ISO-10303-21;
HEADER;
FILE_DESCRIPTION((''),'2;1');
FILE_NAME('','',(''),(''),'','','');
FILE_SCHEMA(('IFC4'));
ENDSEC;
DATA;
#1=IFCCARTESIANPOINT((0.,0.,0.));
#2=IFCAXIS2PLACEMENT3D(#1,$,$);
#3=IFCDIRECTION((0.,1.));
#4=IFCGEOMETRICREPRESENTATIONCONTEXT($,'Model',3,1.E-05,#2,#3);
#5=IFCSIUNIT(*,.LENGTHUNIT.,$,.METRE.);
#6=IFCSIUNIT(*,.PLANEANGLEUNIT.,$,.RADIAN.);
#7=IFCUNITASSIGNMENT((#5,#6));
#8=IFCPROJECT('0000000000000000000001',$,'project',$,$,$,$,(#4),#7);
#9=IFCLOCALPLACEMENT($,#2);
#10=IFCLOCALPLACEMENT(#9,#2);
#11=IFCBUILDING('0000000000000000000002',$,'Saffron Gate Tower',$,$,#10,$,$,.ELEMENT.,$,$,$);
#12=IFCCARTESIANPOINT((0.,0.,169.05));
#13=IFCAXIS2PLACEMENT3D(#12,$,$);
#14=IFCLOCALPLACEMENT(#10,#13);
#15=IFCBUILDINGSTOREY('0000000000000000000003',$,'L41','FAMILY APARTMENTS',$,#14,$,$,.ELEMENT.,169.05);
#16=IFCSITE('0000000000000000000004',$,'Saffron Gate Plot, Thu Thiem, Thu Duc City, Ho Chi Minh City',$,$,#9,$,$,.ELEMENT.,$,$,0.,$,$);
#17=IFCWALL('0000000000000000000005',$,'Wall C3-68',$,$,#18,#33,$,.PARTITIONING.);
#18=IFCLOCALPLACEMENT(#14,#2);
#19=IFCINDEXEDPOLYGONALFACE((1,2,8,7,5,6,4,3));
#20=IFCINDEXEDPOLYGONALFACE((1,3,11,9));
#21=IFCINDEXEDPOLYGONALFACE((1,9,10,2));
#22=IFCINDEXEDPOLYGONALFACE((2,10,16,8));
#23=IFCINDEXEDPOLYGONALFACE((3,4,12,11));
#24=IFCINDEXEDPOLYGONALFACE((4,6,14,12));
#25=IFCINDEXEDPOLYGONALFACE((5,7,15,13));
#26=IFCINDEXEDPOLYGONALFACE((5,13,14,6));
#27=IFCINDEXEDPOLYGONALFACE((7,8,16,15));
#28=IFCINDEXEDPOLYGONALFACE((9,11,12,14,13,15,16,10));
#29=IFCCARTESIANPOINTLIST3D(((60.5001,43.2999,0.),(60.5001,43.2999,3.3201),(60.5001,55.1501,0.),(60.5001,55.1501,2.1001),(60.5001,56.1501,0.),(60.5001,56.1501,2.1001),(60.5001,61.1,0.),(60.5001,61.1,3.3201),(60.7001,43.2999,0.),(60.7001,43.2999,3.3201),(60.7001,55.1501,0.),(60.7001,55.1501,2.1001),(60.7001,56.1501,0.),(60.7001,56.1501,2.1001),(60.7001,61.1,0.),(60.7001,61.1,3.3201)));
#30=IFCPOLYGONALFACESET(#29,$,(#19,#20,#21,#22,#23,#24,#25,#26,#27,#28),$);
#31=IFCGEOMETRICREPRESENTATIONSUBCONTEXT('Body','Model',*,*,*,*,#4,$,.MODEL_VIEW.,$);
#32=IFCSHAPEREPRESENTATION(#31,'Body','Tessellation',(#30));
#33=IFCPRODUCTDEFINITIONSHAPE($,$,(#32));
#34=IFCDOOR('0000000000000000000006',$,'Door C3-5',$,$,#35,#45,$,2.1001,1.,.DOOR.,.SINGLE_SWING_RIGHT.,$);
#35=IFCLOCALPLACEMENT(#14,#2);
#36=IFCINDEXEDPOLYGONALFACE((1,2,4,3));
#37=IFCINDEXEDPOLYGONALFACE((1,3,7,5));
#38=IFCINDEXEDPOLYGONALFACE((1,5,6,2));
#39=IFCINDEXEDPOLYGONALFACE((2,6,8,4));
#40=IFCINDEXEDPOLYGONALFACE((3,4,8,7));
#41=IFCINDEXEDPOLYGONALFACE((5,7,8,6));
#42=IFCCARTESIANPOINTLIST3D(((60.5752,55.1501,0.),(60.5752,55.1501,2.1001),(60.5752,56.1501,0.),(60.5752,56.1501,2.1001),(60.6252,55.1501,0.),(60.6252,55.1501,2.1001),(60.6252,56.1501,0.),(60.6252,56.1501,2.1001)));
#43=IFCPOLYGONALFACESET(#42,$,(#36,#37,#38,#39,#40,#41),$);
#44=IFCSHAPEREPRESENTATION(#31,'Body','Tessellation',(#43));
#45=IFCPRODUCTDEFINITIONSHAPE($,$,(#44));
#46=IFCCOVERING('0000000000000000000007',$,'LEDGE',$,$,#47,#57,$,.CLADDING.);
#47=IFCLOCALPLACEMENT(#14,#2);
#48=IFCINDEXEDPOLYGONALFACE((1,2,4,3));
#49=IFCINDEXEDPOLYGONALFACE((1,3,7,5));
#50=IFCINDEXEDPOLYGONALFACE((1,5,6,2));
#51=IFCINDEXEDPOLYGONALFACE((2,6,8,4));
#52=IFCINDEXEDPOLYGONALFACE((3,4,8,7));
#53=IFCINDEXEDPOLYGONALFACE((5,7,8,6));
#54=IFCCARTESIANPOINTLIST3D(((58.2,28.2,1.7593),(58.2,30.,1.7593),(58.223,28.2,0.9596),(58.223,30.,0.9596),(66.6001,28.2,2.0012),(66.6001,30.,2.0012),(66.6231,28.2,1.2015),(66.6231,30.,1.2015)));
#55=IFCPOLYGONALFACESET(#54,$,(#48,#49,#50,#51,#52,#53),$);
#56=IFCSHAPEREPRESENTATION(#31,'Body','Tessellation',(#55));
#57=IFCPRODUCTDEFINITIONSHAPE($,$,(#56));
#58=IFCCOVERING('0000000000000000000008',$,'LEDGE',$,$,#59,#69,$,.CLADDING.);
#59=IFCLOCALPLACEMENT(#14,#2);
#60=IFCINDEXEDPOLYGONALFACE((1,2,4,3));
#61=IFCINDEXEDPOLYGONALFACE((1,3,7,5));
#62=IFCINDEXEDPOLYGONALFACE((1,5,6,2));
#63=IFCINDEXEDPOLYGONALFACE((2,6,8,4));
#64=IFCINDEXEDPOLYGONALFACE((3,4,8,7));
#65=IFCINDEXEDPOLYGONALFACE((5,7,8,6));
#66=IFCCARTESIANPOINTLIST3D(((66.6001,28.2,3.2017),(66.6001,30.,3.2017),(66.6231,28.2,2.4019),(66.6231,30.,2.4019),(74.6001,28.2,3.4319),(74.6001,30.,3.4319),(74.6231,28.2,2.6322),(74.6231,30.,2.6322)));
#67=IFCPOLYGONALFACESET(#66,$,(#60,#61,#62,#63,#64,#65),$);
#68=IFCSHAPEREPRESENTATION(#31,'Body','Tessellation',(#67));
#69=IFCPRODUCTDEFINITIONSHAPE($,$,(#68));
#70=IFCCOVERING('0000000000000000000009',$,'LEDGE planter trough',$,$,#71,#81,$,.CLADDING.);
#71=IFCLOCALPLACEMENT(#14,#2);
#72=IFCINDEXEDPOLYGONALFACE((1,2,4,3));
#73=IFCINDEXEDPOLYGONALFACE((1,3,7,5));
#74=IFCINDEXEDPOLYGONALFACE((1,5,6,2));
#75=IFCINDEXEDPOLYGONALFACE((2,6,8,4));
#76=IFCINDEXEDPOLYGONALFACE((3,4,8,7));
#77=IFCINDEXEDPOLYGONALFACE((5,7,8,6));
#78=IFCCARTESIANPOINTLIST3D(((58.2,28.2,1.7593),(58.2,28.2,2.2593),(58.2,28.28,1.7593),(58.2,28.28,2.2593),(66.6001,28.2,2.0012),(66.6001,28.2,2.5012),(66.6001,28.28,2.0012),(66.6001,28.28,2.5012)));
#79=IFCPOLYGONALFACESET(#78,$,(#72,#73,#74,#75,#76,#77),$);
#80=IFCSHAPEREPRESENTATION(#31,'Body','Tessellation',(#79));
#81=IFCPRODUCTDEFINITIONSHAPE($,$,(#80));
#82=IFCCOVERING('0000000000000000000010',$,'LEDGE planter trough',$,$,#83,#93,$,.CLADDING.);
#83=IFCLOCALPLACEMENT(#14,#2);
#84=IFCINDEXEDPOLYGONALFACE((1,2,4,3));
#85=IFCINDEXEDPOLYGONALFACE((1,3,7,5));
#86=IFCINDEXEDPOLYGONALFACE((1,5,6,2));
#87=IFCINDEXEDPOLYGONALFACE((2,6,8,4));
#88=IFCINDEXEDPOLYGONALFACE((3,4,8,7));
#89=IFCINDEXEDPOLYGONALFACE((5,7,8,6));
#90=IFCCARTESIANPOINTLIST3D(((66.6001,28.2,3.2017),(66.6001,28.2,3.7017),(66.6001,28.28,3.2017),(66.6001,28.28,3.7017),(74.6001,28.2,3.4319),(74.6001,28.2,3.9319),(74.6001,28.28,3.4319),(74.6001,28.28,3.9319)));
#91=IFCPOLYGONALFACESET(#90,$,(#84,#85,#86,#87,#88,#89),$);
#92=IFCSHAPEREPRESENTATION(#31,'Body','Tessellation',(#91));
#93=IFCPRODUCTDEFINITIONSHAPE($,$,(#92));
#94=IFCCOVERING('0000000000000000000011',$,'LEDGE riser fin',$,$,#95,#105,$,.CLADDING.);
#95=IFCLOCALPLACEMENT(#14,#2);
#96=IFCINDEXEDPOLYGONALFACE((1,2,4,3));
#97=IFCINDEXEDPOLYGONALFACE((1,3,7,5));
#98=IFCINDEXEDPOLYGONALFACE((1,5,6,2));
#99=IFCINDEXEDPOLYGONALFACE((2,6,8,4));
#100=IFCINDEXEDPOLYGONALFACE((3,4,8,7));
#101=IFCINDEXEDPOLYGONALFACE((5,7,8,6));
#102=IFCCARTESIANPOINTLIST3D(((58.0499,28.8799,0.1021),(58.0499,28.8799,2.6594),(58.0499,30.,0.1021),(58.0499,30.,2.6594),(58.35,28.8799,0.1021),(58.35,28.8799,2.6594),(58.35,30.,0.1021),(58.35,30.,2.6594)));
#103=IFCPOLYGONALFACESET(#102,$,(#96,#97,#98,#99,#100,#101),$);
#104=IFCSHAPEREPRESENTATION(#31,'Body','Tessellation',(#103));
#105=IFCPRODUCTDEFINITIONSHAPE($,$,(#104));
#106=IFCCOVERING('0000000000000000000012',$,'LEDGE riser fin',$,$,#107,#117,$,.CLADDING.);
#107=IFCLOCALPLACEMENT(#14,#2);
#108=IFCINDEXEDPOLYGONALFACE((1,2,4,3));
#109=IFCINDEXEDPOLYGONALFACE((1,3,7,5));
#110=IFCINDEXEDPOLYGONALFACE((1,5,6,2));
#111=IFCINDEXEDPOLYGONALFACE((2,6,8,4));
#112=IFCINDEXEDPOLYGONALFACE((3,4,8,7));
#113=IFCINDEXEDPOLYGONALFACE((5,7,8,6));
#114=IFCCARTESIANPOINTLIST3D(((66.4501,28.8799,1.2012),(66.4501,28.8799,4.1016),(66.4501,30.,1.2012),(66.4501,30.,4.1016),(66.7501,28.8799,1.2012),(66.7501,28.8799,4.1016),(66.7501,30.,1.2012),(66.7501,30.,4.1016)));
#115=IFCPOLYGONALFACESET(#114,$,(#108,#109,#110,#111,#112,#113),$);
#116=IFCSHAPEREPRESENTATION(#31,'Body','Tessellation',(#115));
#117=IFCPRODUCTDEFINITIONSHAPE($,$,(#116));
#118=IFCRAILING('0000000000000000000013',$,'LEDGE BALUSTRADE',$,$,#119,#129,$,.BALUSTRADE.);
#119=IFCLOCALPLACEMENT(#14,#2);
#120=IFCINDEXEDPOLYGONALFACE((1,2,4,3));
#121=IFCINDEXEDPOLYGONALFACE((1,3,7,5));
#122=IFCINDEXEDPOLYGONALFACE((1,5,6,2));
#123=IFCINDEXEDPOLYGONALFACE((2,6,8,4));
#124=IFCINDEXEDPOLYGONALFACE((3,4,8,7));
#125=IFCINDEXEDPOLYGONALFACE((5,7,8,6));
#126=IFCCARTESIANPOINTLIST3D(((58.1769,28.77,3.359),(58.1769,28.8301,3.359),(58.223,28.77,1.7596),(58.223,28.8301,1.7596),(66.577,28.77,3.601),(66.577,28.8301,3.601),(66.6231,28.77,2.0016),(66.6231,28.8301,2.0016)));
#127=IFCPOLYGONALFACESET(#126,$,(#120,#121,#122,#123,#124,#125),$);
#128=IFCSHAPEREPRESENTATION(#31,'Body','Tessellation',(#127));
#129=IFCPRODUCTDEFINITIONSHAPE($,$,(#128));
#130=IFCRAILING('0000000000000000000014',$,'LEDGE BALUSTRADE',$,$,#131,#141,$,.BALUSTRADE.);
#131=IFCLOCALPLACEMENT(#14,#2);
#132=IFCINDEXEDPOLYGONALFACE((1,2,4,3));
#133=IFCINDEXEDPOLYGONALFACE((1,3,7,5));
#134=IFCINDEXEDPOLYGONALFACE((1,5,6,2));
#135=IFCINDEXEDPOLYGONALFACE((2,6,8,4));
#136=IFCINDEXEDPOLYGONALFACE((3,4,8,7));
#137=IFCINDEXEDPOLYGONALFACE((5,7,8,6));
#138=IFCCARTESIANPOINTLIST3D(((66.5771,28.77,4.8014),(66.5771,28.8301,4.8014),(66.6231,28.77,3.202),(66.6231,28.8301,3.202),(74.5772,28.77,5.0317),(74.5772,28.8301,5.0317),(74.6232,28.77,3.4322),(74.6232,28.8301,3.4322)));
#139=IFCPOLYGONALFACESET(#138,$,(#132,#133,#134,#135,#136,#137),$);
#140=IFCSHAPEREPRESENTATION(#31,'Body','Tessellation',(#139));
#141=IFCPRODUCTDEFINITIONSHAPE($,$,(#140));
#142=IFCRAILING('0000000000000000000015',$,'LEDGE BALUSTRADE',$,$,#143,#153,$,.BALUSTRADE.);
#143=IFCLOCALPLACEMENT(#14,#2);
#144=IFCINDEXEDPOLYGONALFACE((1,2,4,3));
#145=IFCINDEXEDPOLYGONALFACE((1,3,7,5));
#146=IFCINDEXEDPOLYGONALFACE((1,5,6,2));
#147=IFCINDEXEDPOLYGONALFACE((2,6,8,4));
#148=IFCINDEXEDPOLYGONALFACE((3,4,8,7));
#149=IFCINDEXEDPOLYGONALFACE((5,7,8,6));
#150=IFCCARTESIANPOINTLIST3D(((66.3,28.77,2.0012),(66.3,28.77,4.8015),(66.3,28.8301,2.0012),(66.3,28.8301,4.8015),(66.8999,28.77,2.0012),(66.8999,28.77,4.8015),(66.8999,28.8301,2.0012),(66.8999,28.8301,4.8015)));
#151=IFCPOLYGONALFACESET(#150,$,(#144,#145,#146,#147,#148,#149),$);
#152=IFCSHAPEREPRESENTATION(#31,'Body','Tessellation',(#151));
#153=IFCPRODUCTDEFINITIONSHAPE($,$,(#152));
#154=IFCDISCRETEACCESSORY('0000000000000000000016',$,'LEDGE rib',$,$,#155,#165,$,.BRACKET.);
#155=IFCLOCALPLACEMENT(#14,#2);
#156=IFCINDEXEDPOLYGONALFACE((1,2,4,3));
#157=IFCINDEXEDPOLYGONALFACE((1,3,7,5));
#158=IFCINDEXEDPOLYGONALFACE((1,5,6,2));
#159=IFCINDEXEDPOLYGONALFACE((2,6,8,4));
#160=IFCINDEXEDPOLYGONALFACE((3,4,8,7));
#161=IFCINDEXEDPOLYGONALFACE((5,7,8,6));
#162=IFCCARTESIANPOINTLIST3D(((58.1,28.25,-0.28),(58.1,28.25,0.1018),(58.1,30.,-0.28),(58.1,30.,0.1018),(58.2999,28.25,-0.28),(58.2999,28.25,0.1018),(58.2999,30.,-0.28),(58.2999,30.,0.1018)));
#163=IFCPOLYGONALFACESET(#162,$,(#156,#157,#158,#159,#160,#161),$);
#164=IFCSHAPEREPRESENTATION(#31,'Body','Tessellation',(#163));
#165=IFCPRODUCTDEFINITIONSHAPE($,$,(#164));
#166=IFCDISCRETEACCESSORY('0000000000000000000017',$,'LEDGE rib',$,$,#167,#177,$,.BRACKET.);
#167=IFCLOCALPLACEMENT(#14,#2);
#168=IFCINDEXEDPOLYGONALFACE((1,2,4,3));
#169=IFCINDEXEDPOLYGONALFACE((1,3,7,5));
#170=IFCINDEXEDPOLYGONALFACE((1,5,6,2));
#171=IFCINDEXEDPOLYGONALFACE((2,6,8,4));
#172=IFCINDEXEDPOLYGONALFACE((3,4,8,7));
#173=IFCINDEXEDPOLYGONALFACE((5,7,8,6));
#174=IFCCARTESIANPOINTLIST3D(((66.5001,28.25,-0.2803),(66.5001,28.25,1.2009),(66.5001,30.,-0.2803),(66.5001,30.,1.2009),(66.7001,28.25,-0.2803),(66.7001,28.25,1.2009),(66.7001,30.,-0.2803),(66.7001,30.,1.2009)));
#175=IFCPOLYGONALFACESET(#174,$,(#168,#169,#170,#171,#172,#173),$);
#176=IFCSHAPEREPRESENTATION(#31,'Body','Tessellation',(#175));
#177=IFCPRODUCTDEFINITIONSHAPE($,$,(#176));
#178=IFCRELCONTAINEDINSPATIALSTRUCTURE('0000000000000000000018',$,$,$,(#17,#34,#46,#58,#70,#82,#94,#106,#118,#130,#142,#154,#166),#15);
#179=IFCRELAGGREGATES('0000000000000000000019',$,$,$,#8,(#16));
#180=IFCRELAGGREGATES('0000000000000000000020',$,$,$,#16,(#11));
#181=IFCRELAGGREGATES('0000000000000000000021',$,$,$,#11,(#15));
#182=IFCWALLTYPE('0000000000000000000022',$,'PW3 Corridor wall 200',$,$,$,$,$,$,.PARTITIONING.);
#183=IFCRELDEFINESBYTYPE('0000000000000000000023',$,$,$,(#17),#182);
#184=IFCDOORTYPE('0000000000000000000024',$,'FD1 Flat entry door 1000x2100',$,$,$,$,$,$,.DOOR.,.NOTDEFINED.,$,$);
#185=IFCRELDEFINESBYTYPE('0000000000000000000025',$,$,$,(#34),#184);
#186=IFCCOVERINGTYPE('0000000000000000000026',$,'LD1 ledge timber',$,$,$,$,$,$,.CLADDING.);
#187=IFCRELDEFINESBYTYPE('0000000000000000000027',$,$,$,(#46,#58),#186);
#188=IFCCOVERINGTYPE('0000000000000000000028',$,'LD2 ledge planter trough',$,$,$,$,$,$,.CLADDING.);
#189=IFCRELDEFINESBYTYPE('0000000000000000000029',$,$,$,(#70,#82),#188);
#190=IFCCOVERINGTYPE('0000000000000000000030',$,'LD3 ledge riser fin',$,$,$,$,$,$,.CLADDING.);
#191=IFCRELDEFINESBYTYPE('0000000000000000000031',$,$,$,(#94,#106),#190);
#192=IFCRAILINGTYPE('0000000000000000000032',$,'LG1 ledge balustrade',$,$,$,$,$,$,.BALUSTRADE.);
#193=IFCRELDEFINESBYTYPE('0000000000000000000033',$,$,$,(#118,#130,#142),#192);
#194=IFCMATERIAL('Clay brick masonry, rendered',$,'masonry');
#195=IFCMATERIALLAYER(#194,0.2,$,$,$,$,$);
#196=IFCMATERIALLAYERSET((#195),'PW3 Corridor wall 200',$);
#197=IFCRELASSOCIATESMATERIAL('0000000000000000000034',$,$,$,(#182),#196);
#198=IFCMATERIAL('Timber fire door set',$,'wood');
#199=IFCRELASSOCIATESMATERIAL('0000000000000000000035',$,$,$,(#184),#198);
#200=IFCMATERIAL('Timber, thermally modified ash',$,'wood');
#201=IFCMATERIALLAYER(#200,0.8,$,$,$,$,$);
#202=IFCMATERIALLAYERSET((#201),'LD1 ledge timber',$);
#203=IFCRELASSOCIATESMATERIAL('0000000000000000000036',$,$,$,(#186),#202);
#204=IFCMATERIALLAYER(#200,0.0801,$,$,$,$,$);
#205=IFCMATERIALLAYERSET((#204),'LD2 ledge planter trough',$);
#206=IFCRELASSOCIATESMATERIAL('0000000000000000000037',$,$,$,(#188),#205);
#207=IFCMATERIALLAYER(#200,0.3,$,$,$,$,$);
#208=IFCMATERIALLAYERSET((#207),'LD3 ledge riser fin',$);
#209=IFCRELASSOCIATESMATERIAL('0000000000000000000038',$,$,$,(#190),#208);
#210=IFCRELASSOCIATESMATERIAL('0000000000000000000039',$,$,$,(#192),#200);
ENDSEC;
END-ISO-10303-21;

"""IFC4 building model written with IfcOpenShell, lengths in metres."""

from ifc_helpers import new_model, si_unit, direction, frame, frame_2d, origin, origin_2d, place, context, subcontext, project, spatial, polyline, rectangle, outline, extrude, material, layer, layer_set, type_object, element, fill, save


model = new_model("IFC4")

# Units and contexts
model_context = context("Model", 3, precision=1e-05, world=origin(), true_north=direction((0.0, 1.0)))
body_context = subcontext(model_context, "Body", "Model", "MODEL_VIEW")
ifc_project = project(units=[si_unit("LENGTHUNIT", "METRE"), si_unit("PLANEANGLEUNIT", "RADIAN")], contexts=[model_context])

# Site, building, storey
site_placement = place(None, origin())
site = spatial("IfcSite", under=ifc_project, at=site_placement, Name="Saffron Gate Plot, Thu Thiem, Thu Duc City, Ho Chi Minh City", CompositionType="ELEMENT", RefElevation=0.0)
building_placement = place(site_placement, origin())
building = spatial("IfcBuilding", under=site, at=building_placement, Name="Saffron Gate Tower", CompositionType="ELEMENT")
storey_placement = place(building_placement, frame((0.0, 0.0, 169.05)))
storey = spatial("IfcBuildingStorey", under=building, at=storey_placement, Name="L41", Description="FAMILY APARTMENTS", CompositionType="ELEMENT", Elevation=169.05)

# Shared definitions
ifc_material_1 = material(Name="Clay brick masonry, rendered", Category="masonry")
ifc_layer_1 = layer(ifc_material_1, 0.2)
ifc_layer_set_1 = layer_set([ifc_layer_1], Name="PW3 Corridor wall 200")
wall_type_1 = type_object("IfcWallType", Name="PW3 Corridor wall 200", PredefinedType="PARTITIONING", material=ifc_layer_set_1)

# Wall, opening, door
wall_1_placement = place(storey_placement, frame((60.6001, 43.3, 0.0), z_axis=(0.0, 0.0, 1.0), x_axis=(0.0, 1.0, 0.0)))
wall_1 = element("IfcWall", 1, at=wall_1_placement, inside=storey, type_object=wall_type_1, Name="Wall C3-68", PredefinedType="PARTITIONING", context=body_context, shape_type="SweptSolid", body=[
    extrude(rectangle(XDim=17.8, YDim=0.2, at=frame_2d((8.8999, 0.0))), origin(), (0.0, 0.0, 1.0), 3.3201),
])
opening_1_placement = place(wall_1_placement, frame((11.8501, 0.0, 0.0)))
opening_1 = element("IfcOpeningElement", 2, at=opening_1_placement, cuts=wall_1, PredefinedType="OPENING", context=body_context, shape_type="SweptSolid", body=[
    extrude(rectangle(XDim=1.0, YDim=2.1001, at=frame_2d((0.5, 1.05))), frame((0.0, 0.1099, 0.0), z_axis=(0.0, -1.0, 0.0), x_axis=(1.0, 0.0, 0.0)), (0.0, 0.0, 1.0), 0.22),
])
ifc_material_2 = material(Name="Timber fire door set", Category="wood")
door_type_1 = type_object("IfcDoorType", Name="FD1 Flat entry door 1000x2100", OperationType="NOTDEFINED", PredefinedType="DOOR", material=ifc_material_2)
door_1_placement = place(opening_1_placement, origin())
door_1 = element("IfcDoor", 3, at=door_1_placement, inside=storey, type_object=door_type_1, Name="Door C3-5", OperationType="SINGLE_SWING_RIGHT", OverallHeight=2.1001, OverallWidth=1.0, PredefinedType="DOOR", context=body_context, shape_type="SweptSolid", body=[
    extrude(rectangle(XDim=1.0, YDim=2.1001, at=frame_2d((0.5, 1.05))), frame((0.0, 0.0249, 0.0), z_axis=(0.0, -1.0, 0.0), x_axis=(1.0, 0.0, 0.0)), (0.0, 0.0, 1.0), 0.05),
])
fill(opening_1, door_1)

# Coverings
ifc_material_3 = material(Name="Timber, thermally modified ash", Category="wood")
ifc_layer_2 = layer(ifc_material_3, 0.8)
ifc_layer_set_2 = layer_set([ifc_layer_2], Name="LD1 ledge timber")
covering_type_1 = type_object("IfcCoveringType", Name="LD1 ledge timber", PredefinedType="CLADDING", material=ifc_layer_set_2)
covering_1_placement = place(storey_placement, frame((58.2, 30.0, 1.7593), z_axis=(-0.02879, 0.0, 0.999585), x_axis=(0.999585, 0.0, 0.02879)))
element("IfcCovering", 4, at=covering_1_placement, inside=storey, type_object=covering_type_1, Name="LEDGE", PredefinedType="CLADDING", context=body_context, shape_type="SweptSolid", body=[
    extrude(outline(polyline([(0.0, 0.0), (8.4036, 0.0), (8.4036, -1.8), (0.0, -1.8), (0.0, 0.0)])), origin(), (0.0, 0.0, -1.0), 0.8),
])
covering_2_placement = place(storey_placement, frame((66.6001, 30.0, 3.2017), z_axis=(-0.028766, 0.0, 0.999586), x_axis=(0.999586, 0.0, 0.028766)))
element("IfcCovering", 5, at=covering_2_placement, inside=storey, type_object=covering_type_1, Name="LEDGE", PredefinedType="CLADDING", context=body_context, shape_type="SweptSolid", body=[
    extrude(outline(polyline([(0.0, 0.0), (8.0033, 0.0), (8.0033, -1.8), (0.0, -1.8), (0.0, 0.0)])), origin(), (0.0, 0.0, -1.0), 0.8),
])
ifc_layer_3 = layer(ifc_material_3, 0.0801)
ifc_layer_set_3 = layer_set([ifc_layer_3], Name="LD2 ledge planter trough")
covering_type_2 = type_object("IfcCoveringType", Name="LD2 ledge planter trough", PredefinedType="CLADDING", material=ifc_layer_set_3)
covering_3_placement = place(storey_placement, frame((58.2, 28.2, 1.7593), z_axis=(0.0, -1.0, 0.0), x_axis=(0.999585, 0.0, 0.02879)))
element("IfcCovering", 6, at=covering_3_placement, inside=storey, type_object=covering_type_2, Name="LEDGE planter trough", PredefinedType="CLADDING", context=body_context, shape_type="SweptSolid", body=[
    extrude(outline(polyline([(0.0, 0.0), (8.4036, 0.0), (8.418, 0.4998), (0.0144, 0.4998), (0.0, 0.0)])), origin(), (0.0, 0.0, -1.0), 0.0801),
])
covering_4_placement = place(storey_placement, frame((66.6001, 28.2, 3.2017), z_axis=(0.0, -1.0, 0.0), x_axis=(0.999586, 0.0, 0.028766)))
element("IfcCovering", 7, at=covering_4_placement, inside=storey, type_object=covering_type_2, Name="LEDGE planter trough", PredefinedType="CLADDING", context=body_context, shape_type="SweptSolid", body=[
    extrude(outline(polyline([(0.0, 0.0), (8.0033, 0.0), (8.0177, 0.4998), (0.0144, 0.4998), (0.0, 0.0)])), origin(), (0.0, 0.0, -1.0), 0.0801),
])
ifc_layer_4 = layer(ifc_material_3, 0.3)
ifc_layer_set_4 = layer_set([ifc_layer_4], Name="LD3 ledge riser fin")
covering_type_3 = type_object("IfcCoveringType", Name="LD3 ledge riser fin", PredefinedType="CLADDING", material=ifc_layer_set_4)
covering_5_placement = place(storey_placement, frame((58.2, 29.4399, 0.1021), z_axis=(0.0, 0.0, 1.0), x_axis=(1.0, 0.0, 0.0)))
element("IfcCovering", 8, at=covering_5_placement, inside=storey, type_object=covering_type_3, Name="LEDGE riser fin", PredefinedType="CLADDING", context=body_context, shape_type="SweptSolid", body=[
    extrude(rectangle(XDim=0.3, YDim=1.1201, at=origin_2d()), origin(), (0.0, 0.0, 1.0), 2.5574),
])
covering_6_placement = place(storey_placement, frame((66.6001, 29.4399, 1.2012), z_axis=(0.0, 0.0, 1.0), x_axis=(1.0, 0.0, 0.0)))
element("IfcCovering", 9, at=covering_6_placement, inside=storey, type_object=covering_type_3, Name="LEDGE riser fin", PredefinedType="CLADDING", context=body_context, shape_type="SweptSolid", body=[
    extrude(rectangle(XDim=0.3, YDim=1.1201, at=origin_2d()), origin(), (0.0, 0.0, 1.0), 2.9004),
])

# Railings
railing_type = type_object("IfcRailingType", Name="LG1 ledge balustrade", PredefinedType="BALUSTRADE", material=ifc_material_3)
railing_1_placement = place(storey_placement, frame((58.2, 28.8, 1.7593)))
element("IfcRailing", 10, at=railing_1_placement, inside=storey, type_object=railing_type, Name="LEDGE BALUSTRADE", PredefinedType="BALUSTRADE", context=body_context, shape_type="SweptSolid", body=[
    extrude(rectangle(XDim=0.0601, YDim=1.6001, at=origin_2d()), frame((0.0, 0.0, 0.8), z_axis=(0.999585, 0.0, 0.02879), x_axis=(0.0, 1.0, 0.0)), (0.0, 0.0, 1.0), 8.4036),
])
railing_2_placement = place(storey_placement, frame((66.6001, 28.8, 3.2017)))
element("IfcRailing", 11, at=railing_2_placement, inside=storey, type_object=railing_type, Name="LEDGE BALUSTRADE", PredefinedType="BALUSTRADE", context=body_context, shape_type="SweptSolid", body=[
    extrude(rectangle(XDim=0.0601, YDim=1.6001, at=origin_2d()), frame((0.0, 0.0, 0.8), z_axis=(0.999586, 0.0, 0.028766), x_axis=(0.0, 1.0, 0.0)), (0.0, 0.0, 1.0), 8.0034),
])
railing_3_placement = place(storey_placement, frame((66.3, 28.8, 2.0012)))
element("IfcRailing", 12, at=railing_3_placement, inside=storey, type_object=railing_type, Name="LEDGE BALUSTRADE", PredefinedType="BALUSTRADE", context=body_context, shape_type="SweptSolid", body=[
    extrude(rectangle(XDim=0.0601, YDim=2.8003, at=origin_2d()), frame((0.0, 0.0, 1.4001), z_axis=(1.0, 0.0, 0.0), x_axis=(0.0, 1.0, 0.0)), (0.0, 0.0, 1.0), 0.5999),
])

# Discrete accessories
discrete_accessory_1_placement = place(storey_placement, frame((58.2, 29.125, -0.28), z_axis=(0.0, 0.0, 1.0), x_axis=(1.0, 0.0, 0.0)))
element("IfcDiscreteAccessory", 13, at=discrete_accessory_1_placement, inside=storey, Name="LEDGE rib", PredefinedType="BRACKET", context=body_context, shape_type="SweptSolid", body=[
    extrude(rectangle(XDim=0.2, YDim=1.75, at=origin_2d()), origin(), (0.0, 0.0, 1.0), 0.3818),
])
discrete_accessory_2_placement = place(storey_placement, frame((66.6001, 29.125, -0.2803), z_axis=(0.0, 0.0, 1.0), x_axis=(1.0, 0.0, 0.0)))
element("IfcDiscreteAccessory", 14, at=discrete_accessory_2_placement, inside=storey, Name="LEDGE rib", PredefinedType="BRACKET", context=body_context, shape_type="SweptSolid", body=[
    extrude(rectangle(XDim=0.2, YDim=1.75, at=origin_2d()), origin(), (0.0, 0.0, 1.0), 1.4812),
])

save(model, "model.ifc")
